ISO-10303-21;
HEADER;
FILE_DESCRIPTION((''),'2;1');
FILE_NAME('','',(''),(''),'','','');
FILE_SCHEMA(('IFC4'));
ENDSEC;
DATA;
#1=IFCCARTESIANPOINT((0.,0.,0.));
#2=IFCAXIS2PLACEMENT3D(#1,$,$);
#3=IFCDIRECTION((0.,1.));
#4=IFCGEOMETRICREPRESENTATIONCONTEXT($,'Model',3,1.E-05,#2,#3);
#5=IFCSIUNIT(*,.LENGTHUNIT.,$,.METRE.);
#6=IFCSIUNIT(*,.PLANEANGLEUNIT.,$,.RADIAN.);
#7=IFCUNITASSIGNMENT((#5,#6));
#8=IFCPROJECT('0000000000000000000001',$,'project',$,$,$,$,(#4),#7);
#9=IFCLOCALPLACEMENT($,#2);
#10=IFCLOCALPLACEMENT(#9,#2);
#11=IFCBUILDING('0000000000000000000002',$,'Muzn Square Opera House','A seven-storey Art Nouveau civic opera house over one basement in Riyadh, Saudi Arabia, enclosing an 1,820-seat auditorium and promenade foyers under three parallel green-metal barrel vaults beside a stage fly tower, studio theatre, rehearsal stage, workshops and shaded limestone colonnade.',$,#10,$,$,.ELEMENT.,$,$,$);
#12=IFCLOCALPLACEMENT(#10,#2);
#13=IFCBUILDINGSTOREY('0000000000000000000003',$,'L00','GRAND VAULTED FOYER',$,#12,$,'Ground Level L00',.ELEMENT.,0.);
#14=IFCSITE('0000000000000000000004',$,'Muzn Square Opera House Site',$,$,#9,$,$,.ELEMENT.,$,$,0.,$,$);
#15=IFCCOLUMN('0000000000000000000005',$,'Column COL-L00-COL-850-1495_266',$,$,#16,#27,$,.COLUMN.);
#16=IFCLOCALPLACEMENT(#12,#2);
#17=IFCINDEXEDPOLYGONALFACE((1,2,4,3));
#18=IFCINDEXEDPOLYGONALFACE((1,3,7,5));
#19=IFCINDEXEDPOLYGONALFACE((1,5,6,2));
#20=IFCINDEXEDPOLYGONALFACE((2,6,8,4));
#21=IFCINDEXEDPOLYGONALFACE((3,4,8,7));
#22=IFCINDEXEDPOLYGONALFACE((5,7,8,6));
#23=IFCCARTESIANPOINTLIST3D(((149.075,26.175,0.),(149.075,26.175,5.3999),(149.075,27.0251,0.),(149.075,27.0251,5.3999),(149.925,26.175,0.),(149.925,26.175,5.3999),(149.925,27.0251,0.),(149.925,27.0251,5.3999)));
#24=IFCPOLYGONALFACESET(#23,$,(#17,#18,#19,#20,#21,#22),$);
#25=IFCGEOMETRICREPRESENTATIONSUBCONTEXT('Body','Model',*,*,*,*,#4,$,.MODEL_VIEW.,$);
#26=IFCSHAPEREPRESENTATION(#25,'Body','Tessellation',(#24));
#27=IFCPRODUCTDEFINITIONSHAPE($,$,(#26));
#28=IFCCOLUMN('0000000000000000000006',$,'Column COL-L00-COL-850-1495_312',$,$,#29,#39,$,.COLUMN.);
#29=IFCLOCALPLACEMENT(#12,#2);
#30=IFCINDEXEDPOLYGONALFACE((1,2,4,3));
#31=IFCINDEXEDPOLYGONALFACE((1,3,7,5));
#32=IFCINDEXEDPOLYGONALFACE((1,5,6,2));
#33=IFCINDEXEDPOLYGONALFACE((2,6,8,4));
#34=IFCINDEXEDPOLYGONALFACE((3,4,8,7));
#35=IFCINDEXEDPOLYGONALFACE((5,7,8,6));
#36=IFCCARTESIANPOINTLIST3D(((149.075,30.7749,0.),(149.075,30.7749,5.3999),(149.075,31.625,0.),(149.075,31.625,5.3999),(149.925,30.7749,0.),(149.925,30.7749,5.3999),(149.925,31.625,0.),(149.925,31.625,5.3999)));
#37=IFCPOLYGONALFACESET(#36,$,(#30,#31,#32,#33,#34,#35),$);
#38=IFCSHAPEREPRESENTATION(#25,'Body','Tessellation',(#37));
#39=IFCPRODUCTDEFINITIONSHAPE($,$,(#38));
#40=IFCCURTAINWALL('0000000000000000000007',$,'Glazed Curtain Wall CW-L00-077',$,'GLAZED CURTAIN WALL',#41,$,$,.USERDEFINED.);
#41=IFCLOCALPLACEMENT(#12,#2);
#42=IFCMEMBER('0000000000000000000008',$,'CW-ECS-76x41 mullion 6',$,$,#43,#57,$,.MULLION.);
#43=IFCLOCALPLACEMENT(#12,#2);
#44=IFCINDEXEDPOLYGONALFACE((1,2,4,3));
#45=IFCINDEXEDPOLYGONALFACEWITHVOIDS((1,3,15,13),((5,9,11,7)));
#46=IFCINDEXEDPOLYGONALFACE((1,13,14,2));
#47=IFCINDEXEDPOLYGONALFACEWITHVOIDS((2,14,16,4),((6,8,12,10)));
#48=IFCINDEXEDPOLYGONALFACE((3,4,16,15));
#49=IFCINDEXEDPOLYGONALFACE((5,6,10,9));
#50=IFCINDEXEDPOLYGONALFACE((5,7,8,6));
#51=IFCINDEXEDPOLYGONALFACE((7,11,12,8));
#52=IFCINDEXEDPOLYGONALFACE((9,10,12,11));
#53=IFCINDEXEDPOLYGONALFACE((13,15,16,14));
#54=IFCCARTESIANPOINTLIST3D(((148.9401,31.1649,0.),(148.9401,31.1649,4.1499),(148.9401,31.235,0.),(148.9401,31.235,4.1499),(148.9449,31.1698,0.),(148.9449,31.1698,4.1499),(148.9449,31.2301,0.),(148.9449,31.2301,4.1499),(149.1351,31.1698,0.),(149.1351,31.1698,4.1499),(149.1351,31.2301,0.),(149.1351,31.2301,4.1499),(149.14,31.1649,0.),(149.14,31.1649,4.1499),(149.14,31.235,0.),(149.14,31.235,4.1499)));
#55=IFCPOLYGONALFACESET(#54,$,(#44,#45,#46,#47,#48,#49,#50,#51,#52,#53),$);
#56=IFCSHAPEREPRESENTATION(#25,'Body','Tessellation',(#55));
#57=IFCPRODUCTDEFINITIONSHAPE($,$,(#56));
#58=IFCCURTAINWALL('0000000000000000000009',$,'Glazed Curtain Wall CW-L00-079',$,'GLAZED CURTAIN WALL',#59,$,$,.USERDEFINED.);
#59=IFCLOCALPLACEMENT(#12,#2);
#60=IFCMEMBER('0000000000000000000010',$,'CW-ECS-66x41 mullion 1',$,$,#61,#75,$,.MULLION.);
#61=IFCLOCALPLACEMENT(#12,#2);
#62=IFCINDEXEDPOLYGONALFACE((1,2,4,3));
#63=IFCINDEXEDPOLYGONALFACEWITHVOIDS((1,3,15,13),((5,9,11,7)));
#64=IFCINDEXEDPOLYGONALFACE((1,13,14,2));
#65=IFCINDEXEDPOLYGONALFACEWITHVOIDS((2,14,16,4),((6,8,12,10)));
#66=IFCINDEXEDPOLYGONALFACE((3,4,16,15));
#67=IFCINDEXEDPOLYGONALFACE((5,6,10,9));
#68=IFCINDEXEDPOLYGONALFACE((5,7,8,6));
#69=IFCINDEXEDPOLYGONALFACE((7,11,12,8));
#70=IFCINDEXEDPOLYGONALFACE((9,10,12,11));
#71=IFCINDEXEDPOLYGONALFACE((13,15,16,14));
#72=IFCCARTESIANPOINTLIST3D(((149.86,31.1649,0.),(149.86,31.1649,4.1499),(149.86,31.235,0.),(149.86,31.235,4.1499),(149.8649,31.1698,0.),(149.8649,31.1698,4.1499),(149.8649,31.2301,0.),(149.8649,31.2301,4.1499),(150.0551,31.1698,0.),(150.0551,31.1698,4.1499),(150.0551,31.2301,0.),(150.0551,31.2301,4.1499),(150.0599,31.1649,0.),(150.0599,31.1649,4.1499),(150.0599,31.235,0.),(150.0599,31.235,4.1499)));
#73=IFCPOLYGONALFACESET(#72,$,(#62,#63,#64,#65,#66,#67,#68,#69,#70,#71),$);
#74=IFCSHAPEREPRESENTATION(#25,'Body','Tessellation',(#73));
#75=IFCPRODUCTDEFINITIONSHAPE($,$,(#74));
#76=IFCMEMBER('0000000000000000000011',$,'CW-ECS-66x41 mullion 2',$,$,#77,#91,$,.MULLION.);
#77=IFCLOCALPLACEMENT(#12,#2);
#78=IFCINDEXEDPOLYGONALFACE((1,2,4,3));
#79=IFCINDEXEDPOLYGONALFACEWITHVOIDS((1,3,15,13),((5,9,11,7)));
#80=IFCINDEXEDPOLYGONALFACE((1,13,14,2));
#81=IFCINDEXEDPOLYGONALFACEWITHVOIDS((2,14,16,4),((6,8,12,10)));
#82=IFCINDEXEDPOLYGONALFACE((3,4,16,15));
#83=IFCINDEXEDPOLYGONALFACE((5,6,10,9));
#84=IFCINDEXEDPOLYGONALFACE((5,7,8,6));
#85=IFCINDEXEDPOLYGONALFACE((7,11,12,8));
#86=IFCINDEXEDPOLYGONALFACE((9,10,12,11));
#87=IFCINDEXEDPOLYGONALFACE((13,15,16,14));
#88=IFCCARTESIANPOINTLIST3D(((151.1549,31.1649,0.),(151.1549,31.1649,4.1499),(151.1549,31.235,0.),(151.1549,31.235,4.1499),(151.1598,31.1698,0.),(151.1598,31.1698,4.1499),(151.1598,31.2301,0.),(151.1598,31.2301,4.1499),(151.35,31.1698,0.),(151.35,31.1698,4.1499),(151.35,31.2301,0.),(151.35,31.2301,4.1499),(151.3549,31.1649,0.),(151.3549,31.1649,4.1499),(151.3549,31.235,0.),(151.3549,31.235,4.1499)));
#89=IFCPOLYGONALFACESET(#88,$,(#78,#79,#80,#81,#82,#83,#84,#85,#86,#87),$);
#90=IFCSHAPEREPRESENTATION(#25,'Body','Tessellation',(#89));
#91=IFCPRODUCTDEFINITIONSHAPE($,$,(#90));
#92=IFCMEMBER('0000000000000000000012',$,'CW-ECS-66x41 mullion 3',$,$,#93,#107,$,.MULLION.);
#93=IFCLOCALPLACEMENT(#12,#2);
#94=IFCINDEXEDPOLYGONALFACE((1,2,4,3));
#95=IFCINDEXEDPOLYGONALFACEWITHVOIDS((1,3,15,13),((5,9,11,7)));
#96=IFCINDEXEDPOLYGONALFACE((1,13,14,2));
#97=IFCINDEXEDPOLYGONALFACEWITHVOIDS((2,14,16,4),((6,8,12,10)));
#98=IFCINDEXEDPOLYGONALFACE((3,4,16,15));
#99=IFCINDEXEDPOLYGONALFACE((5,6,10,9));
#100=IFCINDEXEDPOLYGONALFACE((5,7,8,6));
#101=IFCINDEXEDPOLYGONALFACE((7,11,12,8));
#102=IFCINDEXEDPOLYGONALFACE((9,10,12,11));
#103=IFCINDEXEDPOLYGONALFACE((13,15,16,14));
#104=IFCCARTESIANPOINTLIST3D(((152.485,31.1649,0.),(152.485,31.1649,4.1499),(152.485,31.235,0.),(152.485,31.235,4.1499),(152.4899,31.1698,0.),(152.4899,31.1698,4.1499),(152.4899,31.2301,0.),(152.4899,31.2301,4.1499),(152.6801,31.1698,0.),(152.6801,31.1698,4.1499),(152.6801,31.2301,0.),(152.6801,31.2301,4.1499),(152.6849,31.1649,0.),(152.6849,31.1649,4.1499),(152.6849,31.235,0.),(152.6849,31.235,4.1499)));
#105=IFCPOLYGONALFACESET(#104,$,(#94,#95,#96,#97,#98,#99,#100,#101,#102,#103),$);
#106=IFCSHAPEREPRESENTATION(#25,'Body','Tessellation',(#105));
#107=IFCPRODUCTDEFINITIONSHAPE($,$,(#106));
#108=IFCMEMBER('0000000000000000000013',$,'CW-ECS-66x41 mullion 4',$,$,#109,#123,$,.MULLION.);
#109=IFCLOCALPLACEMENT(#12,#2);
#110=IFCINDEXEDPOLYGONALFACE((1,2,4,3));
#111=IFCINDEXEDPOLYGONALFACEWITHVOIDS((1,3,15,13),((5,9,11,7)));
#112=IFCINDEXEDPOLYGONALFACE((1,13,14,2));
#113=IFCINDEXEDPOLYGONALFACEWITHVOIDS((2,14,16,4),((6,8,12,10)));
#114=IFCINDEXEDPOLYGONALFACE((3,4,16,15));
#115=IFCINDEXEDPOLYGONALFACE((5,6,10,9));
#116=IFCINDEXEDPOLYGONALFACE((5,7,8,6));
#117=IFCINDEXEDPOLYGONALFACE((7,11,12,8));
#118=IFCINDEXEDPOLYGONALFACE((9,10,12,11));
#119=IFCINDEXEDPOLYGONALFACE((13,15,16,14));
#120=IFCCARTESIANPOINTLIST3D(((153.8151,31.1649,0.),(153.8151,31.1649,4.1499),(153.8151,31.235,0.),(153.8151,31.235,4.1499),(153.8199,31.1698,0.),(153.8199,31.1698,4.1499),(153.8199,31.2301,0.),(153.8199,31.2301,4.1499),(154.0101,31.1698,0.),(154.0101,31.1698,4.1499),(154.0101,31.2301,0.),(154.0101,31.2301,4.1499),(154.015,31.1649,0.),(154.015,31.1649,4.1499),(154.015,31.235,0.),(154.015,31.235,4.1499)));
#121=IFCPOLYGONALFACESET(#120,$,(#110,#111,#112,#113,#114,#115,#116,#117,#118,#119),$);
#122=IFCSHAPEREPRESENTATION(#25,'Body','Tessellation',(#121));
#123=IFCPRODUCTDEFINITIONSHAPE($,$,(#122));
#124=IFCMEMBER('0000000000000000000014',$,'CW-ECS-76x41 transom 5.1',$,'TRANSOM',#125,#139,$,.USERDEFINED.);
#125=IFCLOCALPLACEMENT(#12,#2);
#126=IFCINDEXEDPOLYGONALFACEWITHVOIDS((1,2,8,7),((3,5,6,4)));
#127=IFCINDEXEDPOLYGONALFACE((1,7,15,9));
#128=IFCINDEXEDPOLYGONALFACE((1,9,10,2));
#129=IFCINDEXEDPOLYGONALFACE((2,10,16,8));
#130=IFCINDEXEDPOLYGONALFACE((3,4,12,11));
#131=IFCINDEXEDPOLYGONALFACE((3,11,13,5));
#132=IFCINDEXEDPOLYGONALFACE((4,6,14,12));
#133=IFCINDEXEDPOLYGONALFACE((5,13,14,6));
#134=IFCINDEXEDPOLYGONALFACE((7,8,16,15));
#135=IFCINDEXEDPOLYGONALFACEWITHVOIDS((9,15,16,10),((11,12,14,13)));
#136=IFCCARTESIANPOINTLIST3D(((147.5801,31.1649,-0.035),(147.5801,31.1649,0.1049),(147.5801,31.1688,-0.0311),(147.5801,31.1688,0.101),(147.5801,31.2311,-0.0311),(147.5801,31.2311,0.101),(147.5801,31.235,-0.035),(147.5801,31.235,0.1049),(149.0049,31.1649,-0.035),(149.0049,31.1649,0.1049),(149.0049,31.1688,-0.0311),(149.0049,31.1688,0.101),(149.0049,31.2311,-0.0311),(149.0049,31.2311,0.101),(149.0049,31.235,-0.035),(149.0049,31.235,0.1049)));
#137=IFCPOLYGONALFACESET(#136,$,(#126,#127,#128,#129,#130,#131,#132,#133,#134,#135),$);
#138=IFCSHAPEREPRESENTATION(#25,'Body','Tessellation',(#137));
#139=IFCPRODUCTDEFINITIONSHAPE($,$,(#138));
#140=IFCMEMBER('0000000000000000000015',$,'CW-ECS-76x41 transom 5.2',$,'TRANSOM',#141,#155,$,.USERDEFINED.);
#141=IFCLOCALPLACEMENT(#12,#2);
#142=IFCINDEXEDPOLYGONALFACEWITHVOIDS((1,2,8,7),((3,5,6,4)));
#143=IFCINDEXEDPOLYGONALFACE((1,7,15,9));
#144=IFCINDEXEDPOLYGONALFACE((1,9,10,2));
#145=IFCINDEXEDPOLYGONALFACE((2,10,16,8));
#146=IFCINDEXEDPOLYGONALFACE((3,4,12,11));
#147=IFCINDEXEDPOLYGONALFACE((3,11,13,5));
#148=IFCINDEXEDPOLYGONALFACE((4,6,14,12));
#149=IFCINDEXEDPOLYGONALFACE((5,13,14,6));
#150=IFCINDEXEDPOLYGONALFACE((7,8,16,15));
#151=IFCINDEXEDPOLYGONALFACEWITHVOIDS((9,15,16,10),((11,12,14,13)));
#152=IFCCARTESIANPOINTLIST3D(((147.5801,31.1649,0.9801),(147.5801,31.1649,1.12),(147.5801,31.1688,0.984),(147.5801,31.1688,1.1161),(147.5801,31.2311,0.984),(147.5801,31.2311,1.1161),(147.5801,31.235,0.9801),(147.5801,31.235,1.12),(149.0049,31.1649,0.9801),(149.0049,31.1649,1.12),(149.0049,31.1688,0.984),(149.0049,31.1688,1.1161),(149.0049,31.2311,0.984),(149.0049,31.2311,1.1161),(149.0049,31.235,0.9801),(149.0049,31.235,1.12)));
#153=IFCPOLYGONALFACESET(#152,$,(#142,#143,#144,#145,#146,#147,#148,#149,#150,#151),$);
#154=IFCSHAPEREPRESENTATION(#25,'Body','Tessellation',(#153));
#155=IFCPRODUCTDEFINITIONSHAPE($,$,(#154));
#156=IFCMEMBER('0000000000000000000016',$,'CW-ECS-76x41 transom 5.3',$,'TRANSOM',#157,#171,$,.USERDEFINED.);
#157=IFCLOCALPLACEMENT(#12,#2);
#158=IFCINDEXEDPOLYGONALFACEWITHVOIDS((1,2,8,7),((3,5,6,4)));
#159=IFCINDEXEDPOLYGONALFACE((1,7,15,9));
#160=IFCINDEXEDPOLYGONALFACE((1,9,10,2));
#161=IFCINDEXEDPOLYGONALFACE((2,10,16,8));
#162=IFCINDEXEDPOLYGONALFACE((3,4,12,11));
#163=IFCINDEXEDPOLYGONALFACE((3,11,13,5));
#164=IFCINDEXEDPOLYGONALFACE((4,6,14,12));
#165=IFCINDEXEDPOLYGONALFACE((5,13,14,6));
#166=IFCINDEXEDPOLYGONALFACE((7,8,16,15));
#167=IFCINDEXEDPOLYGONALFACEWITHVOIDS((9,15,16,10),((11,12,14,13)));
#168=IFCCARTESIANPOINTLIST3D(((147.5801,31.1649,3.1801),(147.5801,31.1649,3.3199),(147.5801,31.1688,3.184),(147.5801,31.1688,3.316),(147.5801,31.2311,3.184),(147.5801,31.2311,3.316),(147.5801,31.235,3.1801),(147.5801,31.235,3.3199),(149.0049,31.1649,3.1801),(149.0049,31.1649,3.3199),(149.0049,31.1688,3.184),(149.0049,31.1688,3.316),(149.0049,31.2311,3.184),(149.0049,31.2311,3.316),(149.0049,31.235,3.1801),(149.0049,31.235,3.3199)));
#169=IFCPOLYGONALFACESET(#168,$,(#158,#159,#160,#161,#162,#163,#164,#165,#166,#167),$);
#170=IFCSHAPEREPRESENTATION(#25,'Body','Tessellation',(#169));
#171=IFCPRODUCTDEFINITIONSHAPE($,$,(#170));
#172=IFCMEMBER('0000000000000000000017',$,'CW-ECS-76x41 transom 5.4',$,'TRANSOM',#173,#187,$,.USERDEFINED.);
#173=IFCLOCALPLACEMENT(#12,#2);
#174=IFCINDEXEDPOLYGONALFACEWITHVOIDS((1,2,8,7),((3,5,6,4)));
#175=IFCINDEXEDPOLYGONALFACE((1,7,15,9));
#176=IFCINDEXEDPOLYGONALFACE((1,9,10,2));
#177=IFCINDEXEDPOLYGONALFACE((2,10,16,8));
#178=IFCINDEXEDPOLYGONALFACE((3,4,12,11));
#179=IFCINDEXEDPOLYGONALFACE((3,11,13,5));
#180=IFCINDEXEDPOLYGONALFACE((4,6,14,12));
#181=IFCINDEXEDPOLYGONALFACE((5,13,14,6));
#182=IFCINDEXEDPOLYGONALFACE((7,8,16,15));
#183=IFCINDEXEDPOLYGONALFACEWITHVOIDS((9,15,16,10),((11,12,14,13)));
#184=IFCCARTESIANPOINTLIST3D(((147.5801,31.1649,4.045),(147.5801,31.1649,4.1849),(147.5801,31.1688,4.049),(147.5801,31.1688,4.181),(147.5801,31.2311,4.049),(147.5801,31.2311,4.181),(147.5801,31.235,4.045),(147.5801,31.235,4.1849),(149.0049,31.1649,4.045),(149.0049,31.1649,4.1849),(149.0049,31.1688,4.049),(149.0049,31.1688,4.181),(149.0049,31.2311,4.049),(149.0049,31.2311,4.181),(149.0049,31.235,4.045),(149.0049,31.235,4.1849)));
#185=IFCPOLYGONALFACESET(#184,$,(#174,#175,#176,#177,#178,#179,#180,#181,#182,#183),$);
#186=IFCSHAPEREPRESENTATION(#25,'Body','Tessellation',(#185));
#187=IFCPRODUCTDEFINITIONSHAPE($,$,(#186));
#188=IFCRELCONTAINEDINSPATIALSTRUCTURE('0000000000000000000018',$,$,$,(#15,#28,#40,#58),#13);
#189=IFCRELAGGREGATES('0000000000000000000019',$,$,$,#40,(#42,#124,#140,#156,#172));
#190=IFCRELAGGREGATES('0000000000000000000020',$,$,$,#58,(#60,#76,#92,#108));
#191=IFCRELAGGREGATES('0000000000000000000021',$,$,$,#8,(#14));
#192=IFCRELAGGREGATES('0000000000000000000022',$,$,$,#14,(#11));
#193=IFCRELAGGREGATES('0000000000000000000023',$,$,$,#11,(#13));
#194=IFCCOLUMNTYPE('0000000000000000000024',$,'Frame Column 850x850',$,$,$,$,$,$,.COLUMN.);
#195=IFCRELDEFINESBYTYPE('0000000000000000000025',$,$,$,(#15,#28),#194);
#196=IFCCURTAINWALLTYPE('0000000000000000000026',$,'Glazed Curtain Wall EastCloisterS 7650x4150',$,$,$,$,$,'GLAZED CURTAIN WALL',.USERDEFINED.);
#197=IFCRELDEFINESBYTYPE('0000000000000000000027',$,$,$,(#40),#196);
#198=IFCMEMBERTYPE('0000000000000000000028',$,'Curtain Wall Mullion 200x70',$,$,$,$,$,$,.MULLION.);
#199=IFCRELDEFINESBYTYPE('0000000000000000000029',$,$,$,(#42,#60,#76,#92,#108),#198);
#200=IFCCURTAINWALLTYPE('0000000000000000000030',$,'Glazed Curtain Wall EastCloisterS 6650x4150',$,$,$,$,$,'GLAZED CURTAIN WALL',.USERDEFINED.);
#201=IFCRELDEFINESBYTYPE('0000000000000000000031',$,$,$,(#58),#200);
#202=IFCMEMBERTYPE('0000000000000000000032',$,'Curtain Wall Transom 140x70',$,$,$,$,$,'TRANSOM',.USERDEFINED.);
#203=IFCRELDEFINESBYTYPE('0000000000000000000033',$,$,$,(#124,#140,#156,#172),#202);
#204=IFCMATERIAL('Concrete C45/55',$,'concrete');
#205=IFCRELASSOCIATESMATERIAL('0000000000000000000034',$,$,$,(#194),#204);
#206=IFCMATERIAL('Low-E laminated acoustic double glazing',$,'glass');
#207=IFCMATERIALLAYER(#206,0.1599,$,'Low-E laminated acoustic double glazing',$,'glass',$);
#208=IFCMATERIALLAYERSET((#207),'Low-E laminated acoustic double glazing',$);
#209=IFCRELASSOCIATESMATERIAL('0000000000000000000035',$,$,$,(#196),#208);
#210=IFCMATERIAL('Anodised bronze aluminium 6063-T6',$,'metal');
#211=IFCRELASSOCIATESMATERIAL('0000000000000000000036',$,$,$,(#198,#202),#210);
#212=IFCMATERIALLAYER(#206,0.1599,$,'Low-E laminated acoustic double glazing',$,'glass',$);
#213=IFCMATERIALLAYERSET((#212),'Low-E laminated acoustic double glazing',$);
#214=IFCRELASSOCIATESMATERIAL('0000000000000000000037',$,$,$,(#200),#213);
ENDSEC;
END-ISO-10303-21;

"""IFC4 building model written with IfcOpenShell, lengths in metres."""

from ifc_helpers import new_model, si_unit, direction, frame, origin, origin_2d, place, context, subcontext, project, spatial, rectangle, hollow_rectangle, extrude, material, layer, layer_set, material_profile, profile_set, type_object, element, aggregate, save


model = new_model("IFC4")

# Units and contexts
model_context = context("Model", 3, precision=1e-05, world=origin(), true_north=direction((0.0, 1.0)))
body_context = subcontext(model_context, "Body", "Model", "MODEL_VIEW")
ifc_project = project(units=[si_unit("LENGTHUNIT", "METRE"), si_unit("PLANEANGLEUNIT", "RADIAN")], contexts=[model_context])

# Site, building, storey
site_placement = place(None, origin())
site = spatial("IfcSite", under=ifc_project, at=site_placement, Name="Muzn Square Opera House Site", CompositionType="ELEMENT", RefElevation=0.0)
building_placement = place(site_placement, origin())
building = spatial("IfcBuilding", under=site, at=building_placement, Name="Muzn Square Opera House", Description="A seven-storey Art Nouveau civic opera house over one basement in Riyadh, Saudi Arabia, enclosing an 1,820-seat auditorium and promenade foyers under three parallel green-metal barrel vaults beside a stage fly tower, studio theatre, rehearsal stage, workshops and shaded limestone colonnade.", CompositionType="ELEMENT")
storey_placement = place(building_placement, origin())
storey = spatial("IfcBuildingStorey", under=building, at=storey_placement, Name="L00", Description="GRAND VAULTED FOYER", LongName="Ground Level L00", CompositionType="ELEMENT", Elevation=0.0)

# Columns
ifc_material_1 = material(Name="Concrete C45/55", Category="concrete")
ifc_material_profile_1 = material_profile(ifc_material_1, rectangle(XDim=0.8501, YDim=0.8501, at=origin_2d()), Name="RC 850x850", Category="concrete")
ifc_profile_set_1 = profile_set([ifc_material_profile_1], Name="Concrete C45/55")
column_type = type_object("IfcColumnType", Name="Frame Column 850x850", PredefinedType="COLUMN", material=ifc_profile_set_1)
for number, where, z_axis, x_axis, name in (
    (1, (149.5, 26.6001, 0.0), (0.0, 0.0, 1.0), (1.0, 0.0, 0.0), "Column COL-L00-COL-850-1495_266"),
    (2, (149.5, 31.2, 0.0), (0.0, 0.0, 1.0), (1.0, 0.0, 0.0), "Column COL-L00-COL-850-1495_312"),
):
    element("IfcColumn", number, at=place(storey_placement, frame(where, z_axis=z_axis, x_axis=x_axis)), inside=storey, type_object=column_type, Name=name, PredefinedType="COLUMN", context=body_context, shape_type="SweptSolid", body=[
        extrude(rectangle(XDim=0.8501, YDim=0.8501, at=origin_2d()), origin(), (0.0, 0.0, 1.0), 5.3999),
    ])

# Curtain wall, member
ifc_material_2 = material(Name="Low-E laminated acoustic double glazing", Category="glass")
ifc_layer_1 = layer(ifc_material_2, 0.1599, Name="Low-E laminated acoustic double glazing", Category="glass")
ifc_layer_set_1 = layer_set([ifc_layer_1], Name="Low-E laminated acoustic double glazing")
curtain_wall_type_1 = type_object("IfcCurtainWallType", Name="Glazed Curtain Wall EastCloisterS 7650x4150", ElementType="GLAZED CURTAIN WALL", PredefinedType="USERDEFINED", material=ifc_layer_set_1)
curtain_wall_1_placement = place(storey_placement, origin())
curtain_wall_1 = element("IfcCurtainWall", 3, at=curtain_wall_1_placement, inside=storey, type_object=curtain_wall_type_1, Name="Glazed Curtain Wall CW-L00-077", ObjectType="GLAZED CURTAIN WALL", PredefinedType="USERDEFINED")
ifc_material_3 = material(Name="Anodised bronze aluminium 6063-T6", Category="metal")
ifc_material_profile_2 = material_profile(ifc_material_3, hollow_rectangle(XDim=0.0701, YDim=0.2, WallThickness=0.0049, at=origin_2d()), Name="ALU 200x70x5", Category="metal")
ifc_profile_set_2 = profile_set([ifc_material_profile_2], Name="Anodised bronze aluminium 6063-T6")
member_type_1 = type_object("IfcMemberType", Name="Curtain Wall Mullion 200x70", PredefinedType="MULLION", material=ifc_profile_set_2)
member_1_placement = place(storey_placement, frame((149.04, 31.2, 0.0), z_axis=(0.0, 0.0, 1.0), x_axis=(0.0, 1.0, 0.0)))
member_1 = element("IfcMember", 4, at=member_1_placement, type_object=member_type_1, Name="CW-ECS-76x41 mullion 6", PredefinedType="MULLION", context=body_context, shape_type="SweptSolid", body=[
    extrude(hollow_rectangle(XDim=0.0701, YDim=0.2, WallThickness=0.0049, at=origin_2d()), origin(), (0.0, 0.0, 1.0), 4.1499),
])

# Curtain wall, members
ifc_layer_2 = layer(ifc_material_2, 0.1599, Name="Low-E laminated acoustic double glazing", Category="glass")
ifc_layer_set_2 = layer_set([ifc_layer_2], Name="Low-E laminated acoustic double glazing")
curtain_wall_type_2 = type_object("IfcCurtainWallType", Name="Glazed Curtain Wall EastCloisterS 6650x4150", ElementType="GLAZED CURTAIN WALL", PredefinedType="USERDEFINED", material=ifc_layer_set_2)
curtain_wall_2_placement = place(storey_placement, origin())
curtain_wall_2 = element("IfcCurtainWall", 5, at=curtain_wall_2_placement, inside=storey, type_object=curtain_wall_type_2, Name="Glazed Curtain Wall CW-L00-079", ObjectType="GLAZED CURTAIN WALL", PredefinedType="USERDEFINED")
member_2_placement = place(storey_placement, frame((149.96, 31.2, 0.0), z_axis=(0.0, 0.0, 1.0), x_axis=(0.0, 1.0, 0.0)))
member_2 = element("IfcMember", 6, at=member_2_placement, type_object=member_type_1, Name="CW-ECS-66x41 mullion 1", PredefinedType="MULLION", context=body_context, shape_type="SweptSolid", body=[
    extrude(hollow_rectangle(XDim=0.0701, YDim=0.2, WallThickness=0.0049, at=origin_2d()), origin(), (0.0, 0.0, 1.0), 4.1499),
])
member_3_placement = place(storey_placement, frame((151.2549, 31.2, 0.0), z_axis=(0.0, 0.0, 1.0), x_axis=(0.0, 1.0, 0.0)))
member_3 = element("IfcMember", 7, at=member_3_placement, type_object=member_type_1, Name="CW-ECS-66x41 mullion 2", PredefinedType="MULLION", context=body_context, shape_type="SweptSolid", body=[
    extrude(hollow_rectangle(XDim=0.0701, YDim=0.2, WallThickness=0.0049, at=origin_2d()), origin(), (0.0, 0.0, 1.0), 4.1499),
])
member_4_placement = place(storey_placement, frame((152.585, 31.2, 0.0), z_axis=(0.0, 0.0, 1.0), x_axis=(0.0, 1.0, 0.0)))
member_4 = element("IfcMember", 8, at=member_4_placement, type_object=member_type_1, Name="CW-ECS-66x41 mullion 3", PredefinedType="MULLION", context=body_context, shape_type="SweptSolid", body=[
    extrude(hollow_rectangle(XDim=0.0701, YDim=0.2, WallThickness=0.0049, at=origin_2d()), origin(), (0.0, 0.0, 1.0), 4.1499),
])
member_5_placement = place(storey_placement, frame((153.915, 31.2, 0.0), z_axis=(0.0, 0.0, 1.0), x_axis=(0.0, 1.0, 0.0)))
member_5 = element("IfcMember", 9, at=member_5_placement, type_object=member_type_1, Name="CW-ECS-66x41 mullion 4", PredefinedType="MULLION", context=body_context, shape_type="SweptSolid", body=[
    extrude(hollow_rectangle(XDim=0.0701, YDim=0.2, WallThickness=0.0049, at=origin_2d()), origin(), (0.0, 0.0, 1.0), 4.1499),
])

# Members
ifc_material_profile_3 = material_profile(ifc_material_3, hollow_rectangle(XDim=0.0701, YDim=0.1399, WallThickness=0.0039, at=origin_2d()), Name="ALU 140x70x4", Category="metal")
ifc_profile_set_3 = profile_set([ifc_material_profile_3], Name="Anodised bronze aluminium 6063-T6")
member_type_2 = type_object("IfcMemberType", Name="Curtain Wall Transom 140x70", ElementType="TRANSOM", PredefinedType="USERDEFINED", material=ifc_profile_set_3)
member_6_placement = place(storey_placement, frame((147.5801, 31.2, 0.0349), z_axis=(1.0, 0.0, 0.0), x_axis=(0.0, 1.0, 0.0)))
member_6 = element("IfcMember", 10, at=member_6_placement, type_object=member_type_2, Name="CW-ECS-76x41 transom 5.1", ObjectType="TRANSOM", PredefinedType="USERDEFINED", context=body_context, shape_type="SweptSolid", body=[
    extrude(hollow_rectangle(XDim=0.0701, YDim=0.1399, WallThickness=0.0039, at=origin_2d()), origin(), (0.0, 0.0, 1.0), 1.4248),
])
member_7_placement = place(storey_placement, frame((147.5801, 31.2, 1.05), z_axis=(1.0, 0.0, 0.0), x_axis=(0.0, 1.0, 0.0)))
member_7 = element("IfcMember", 11, at=member_7_placement, type_object=member_type_2, Name="CW-ECS-76x41 transom 5.2", ObjectType="TRANSOM", PredefinedType="USERDEFINED", context=body_context, shape_type="SweptSolid", body=[
    extrude(hollow_rectangle(XDim=0.0701, YDim=0.1399, WallThickness=0.0039, at=origin_2d()), origin(), (0.0, 0.0, 1.0), 1.4248),
])
member_8_placement = place(storey_placement, frame((147.5801, 31.2, 3.25), z_axis=(1.0, 0.0, 0.0), x_axis=(0.0, 1.0, 0.0)))
member_8 = element("IfcMember", 12, at=member_8_placement, type_object=member_type_2, Name="CW-ECS-76x41 transom 5.3", ObjectType="TRANSOM", PredefinedType="USERDEFINED", context=body_context, shape_type="SweptSolid", body=[
    extrude(hollow_rectangle(XDim=0.0701, YDim=0.1399, WallThickness=0.0039, at=origin_2d()), origin(), (0.0, 0.0, 1.0), 1.4248),
])
member_9_placement = place(storey_placement, frame((147.5801, 31.2, 4.115), z_axis=(1.0, 0.0, 0.0), x_axis=(0.0, 1.0, 0.0)))
member_9 = element("IfcMember", 13, at=member_9_placement, type_object=member_type_2, Name="CW-ECS-76x41 transom 5.4", ObjectType="TRANSOM", PredefinedType="USERDEFINED", context=body_context, shape_type="SweptSolid", body=[
    extrude(hollow_rectangle(XDim=0.0701, YDim=0.1399, WallThickness=0.0039, at=origin_2d()), origin(), (0.0, 0.0, 1.0), 1.4248),
])

aggregate(curtain_wall_1, [member_1, member_6, member_7, member_8, member_9])
aggregate(curtain_wall_2, [member_2, member_3, member_4, member_5])

save(model, "model.ifc")
